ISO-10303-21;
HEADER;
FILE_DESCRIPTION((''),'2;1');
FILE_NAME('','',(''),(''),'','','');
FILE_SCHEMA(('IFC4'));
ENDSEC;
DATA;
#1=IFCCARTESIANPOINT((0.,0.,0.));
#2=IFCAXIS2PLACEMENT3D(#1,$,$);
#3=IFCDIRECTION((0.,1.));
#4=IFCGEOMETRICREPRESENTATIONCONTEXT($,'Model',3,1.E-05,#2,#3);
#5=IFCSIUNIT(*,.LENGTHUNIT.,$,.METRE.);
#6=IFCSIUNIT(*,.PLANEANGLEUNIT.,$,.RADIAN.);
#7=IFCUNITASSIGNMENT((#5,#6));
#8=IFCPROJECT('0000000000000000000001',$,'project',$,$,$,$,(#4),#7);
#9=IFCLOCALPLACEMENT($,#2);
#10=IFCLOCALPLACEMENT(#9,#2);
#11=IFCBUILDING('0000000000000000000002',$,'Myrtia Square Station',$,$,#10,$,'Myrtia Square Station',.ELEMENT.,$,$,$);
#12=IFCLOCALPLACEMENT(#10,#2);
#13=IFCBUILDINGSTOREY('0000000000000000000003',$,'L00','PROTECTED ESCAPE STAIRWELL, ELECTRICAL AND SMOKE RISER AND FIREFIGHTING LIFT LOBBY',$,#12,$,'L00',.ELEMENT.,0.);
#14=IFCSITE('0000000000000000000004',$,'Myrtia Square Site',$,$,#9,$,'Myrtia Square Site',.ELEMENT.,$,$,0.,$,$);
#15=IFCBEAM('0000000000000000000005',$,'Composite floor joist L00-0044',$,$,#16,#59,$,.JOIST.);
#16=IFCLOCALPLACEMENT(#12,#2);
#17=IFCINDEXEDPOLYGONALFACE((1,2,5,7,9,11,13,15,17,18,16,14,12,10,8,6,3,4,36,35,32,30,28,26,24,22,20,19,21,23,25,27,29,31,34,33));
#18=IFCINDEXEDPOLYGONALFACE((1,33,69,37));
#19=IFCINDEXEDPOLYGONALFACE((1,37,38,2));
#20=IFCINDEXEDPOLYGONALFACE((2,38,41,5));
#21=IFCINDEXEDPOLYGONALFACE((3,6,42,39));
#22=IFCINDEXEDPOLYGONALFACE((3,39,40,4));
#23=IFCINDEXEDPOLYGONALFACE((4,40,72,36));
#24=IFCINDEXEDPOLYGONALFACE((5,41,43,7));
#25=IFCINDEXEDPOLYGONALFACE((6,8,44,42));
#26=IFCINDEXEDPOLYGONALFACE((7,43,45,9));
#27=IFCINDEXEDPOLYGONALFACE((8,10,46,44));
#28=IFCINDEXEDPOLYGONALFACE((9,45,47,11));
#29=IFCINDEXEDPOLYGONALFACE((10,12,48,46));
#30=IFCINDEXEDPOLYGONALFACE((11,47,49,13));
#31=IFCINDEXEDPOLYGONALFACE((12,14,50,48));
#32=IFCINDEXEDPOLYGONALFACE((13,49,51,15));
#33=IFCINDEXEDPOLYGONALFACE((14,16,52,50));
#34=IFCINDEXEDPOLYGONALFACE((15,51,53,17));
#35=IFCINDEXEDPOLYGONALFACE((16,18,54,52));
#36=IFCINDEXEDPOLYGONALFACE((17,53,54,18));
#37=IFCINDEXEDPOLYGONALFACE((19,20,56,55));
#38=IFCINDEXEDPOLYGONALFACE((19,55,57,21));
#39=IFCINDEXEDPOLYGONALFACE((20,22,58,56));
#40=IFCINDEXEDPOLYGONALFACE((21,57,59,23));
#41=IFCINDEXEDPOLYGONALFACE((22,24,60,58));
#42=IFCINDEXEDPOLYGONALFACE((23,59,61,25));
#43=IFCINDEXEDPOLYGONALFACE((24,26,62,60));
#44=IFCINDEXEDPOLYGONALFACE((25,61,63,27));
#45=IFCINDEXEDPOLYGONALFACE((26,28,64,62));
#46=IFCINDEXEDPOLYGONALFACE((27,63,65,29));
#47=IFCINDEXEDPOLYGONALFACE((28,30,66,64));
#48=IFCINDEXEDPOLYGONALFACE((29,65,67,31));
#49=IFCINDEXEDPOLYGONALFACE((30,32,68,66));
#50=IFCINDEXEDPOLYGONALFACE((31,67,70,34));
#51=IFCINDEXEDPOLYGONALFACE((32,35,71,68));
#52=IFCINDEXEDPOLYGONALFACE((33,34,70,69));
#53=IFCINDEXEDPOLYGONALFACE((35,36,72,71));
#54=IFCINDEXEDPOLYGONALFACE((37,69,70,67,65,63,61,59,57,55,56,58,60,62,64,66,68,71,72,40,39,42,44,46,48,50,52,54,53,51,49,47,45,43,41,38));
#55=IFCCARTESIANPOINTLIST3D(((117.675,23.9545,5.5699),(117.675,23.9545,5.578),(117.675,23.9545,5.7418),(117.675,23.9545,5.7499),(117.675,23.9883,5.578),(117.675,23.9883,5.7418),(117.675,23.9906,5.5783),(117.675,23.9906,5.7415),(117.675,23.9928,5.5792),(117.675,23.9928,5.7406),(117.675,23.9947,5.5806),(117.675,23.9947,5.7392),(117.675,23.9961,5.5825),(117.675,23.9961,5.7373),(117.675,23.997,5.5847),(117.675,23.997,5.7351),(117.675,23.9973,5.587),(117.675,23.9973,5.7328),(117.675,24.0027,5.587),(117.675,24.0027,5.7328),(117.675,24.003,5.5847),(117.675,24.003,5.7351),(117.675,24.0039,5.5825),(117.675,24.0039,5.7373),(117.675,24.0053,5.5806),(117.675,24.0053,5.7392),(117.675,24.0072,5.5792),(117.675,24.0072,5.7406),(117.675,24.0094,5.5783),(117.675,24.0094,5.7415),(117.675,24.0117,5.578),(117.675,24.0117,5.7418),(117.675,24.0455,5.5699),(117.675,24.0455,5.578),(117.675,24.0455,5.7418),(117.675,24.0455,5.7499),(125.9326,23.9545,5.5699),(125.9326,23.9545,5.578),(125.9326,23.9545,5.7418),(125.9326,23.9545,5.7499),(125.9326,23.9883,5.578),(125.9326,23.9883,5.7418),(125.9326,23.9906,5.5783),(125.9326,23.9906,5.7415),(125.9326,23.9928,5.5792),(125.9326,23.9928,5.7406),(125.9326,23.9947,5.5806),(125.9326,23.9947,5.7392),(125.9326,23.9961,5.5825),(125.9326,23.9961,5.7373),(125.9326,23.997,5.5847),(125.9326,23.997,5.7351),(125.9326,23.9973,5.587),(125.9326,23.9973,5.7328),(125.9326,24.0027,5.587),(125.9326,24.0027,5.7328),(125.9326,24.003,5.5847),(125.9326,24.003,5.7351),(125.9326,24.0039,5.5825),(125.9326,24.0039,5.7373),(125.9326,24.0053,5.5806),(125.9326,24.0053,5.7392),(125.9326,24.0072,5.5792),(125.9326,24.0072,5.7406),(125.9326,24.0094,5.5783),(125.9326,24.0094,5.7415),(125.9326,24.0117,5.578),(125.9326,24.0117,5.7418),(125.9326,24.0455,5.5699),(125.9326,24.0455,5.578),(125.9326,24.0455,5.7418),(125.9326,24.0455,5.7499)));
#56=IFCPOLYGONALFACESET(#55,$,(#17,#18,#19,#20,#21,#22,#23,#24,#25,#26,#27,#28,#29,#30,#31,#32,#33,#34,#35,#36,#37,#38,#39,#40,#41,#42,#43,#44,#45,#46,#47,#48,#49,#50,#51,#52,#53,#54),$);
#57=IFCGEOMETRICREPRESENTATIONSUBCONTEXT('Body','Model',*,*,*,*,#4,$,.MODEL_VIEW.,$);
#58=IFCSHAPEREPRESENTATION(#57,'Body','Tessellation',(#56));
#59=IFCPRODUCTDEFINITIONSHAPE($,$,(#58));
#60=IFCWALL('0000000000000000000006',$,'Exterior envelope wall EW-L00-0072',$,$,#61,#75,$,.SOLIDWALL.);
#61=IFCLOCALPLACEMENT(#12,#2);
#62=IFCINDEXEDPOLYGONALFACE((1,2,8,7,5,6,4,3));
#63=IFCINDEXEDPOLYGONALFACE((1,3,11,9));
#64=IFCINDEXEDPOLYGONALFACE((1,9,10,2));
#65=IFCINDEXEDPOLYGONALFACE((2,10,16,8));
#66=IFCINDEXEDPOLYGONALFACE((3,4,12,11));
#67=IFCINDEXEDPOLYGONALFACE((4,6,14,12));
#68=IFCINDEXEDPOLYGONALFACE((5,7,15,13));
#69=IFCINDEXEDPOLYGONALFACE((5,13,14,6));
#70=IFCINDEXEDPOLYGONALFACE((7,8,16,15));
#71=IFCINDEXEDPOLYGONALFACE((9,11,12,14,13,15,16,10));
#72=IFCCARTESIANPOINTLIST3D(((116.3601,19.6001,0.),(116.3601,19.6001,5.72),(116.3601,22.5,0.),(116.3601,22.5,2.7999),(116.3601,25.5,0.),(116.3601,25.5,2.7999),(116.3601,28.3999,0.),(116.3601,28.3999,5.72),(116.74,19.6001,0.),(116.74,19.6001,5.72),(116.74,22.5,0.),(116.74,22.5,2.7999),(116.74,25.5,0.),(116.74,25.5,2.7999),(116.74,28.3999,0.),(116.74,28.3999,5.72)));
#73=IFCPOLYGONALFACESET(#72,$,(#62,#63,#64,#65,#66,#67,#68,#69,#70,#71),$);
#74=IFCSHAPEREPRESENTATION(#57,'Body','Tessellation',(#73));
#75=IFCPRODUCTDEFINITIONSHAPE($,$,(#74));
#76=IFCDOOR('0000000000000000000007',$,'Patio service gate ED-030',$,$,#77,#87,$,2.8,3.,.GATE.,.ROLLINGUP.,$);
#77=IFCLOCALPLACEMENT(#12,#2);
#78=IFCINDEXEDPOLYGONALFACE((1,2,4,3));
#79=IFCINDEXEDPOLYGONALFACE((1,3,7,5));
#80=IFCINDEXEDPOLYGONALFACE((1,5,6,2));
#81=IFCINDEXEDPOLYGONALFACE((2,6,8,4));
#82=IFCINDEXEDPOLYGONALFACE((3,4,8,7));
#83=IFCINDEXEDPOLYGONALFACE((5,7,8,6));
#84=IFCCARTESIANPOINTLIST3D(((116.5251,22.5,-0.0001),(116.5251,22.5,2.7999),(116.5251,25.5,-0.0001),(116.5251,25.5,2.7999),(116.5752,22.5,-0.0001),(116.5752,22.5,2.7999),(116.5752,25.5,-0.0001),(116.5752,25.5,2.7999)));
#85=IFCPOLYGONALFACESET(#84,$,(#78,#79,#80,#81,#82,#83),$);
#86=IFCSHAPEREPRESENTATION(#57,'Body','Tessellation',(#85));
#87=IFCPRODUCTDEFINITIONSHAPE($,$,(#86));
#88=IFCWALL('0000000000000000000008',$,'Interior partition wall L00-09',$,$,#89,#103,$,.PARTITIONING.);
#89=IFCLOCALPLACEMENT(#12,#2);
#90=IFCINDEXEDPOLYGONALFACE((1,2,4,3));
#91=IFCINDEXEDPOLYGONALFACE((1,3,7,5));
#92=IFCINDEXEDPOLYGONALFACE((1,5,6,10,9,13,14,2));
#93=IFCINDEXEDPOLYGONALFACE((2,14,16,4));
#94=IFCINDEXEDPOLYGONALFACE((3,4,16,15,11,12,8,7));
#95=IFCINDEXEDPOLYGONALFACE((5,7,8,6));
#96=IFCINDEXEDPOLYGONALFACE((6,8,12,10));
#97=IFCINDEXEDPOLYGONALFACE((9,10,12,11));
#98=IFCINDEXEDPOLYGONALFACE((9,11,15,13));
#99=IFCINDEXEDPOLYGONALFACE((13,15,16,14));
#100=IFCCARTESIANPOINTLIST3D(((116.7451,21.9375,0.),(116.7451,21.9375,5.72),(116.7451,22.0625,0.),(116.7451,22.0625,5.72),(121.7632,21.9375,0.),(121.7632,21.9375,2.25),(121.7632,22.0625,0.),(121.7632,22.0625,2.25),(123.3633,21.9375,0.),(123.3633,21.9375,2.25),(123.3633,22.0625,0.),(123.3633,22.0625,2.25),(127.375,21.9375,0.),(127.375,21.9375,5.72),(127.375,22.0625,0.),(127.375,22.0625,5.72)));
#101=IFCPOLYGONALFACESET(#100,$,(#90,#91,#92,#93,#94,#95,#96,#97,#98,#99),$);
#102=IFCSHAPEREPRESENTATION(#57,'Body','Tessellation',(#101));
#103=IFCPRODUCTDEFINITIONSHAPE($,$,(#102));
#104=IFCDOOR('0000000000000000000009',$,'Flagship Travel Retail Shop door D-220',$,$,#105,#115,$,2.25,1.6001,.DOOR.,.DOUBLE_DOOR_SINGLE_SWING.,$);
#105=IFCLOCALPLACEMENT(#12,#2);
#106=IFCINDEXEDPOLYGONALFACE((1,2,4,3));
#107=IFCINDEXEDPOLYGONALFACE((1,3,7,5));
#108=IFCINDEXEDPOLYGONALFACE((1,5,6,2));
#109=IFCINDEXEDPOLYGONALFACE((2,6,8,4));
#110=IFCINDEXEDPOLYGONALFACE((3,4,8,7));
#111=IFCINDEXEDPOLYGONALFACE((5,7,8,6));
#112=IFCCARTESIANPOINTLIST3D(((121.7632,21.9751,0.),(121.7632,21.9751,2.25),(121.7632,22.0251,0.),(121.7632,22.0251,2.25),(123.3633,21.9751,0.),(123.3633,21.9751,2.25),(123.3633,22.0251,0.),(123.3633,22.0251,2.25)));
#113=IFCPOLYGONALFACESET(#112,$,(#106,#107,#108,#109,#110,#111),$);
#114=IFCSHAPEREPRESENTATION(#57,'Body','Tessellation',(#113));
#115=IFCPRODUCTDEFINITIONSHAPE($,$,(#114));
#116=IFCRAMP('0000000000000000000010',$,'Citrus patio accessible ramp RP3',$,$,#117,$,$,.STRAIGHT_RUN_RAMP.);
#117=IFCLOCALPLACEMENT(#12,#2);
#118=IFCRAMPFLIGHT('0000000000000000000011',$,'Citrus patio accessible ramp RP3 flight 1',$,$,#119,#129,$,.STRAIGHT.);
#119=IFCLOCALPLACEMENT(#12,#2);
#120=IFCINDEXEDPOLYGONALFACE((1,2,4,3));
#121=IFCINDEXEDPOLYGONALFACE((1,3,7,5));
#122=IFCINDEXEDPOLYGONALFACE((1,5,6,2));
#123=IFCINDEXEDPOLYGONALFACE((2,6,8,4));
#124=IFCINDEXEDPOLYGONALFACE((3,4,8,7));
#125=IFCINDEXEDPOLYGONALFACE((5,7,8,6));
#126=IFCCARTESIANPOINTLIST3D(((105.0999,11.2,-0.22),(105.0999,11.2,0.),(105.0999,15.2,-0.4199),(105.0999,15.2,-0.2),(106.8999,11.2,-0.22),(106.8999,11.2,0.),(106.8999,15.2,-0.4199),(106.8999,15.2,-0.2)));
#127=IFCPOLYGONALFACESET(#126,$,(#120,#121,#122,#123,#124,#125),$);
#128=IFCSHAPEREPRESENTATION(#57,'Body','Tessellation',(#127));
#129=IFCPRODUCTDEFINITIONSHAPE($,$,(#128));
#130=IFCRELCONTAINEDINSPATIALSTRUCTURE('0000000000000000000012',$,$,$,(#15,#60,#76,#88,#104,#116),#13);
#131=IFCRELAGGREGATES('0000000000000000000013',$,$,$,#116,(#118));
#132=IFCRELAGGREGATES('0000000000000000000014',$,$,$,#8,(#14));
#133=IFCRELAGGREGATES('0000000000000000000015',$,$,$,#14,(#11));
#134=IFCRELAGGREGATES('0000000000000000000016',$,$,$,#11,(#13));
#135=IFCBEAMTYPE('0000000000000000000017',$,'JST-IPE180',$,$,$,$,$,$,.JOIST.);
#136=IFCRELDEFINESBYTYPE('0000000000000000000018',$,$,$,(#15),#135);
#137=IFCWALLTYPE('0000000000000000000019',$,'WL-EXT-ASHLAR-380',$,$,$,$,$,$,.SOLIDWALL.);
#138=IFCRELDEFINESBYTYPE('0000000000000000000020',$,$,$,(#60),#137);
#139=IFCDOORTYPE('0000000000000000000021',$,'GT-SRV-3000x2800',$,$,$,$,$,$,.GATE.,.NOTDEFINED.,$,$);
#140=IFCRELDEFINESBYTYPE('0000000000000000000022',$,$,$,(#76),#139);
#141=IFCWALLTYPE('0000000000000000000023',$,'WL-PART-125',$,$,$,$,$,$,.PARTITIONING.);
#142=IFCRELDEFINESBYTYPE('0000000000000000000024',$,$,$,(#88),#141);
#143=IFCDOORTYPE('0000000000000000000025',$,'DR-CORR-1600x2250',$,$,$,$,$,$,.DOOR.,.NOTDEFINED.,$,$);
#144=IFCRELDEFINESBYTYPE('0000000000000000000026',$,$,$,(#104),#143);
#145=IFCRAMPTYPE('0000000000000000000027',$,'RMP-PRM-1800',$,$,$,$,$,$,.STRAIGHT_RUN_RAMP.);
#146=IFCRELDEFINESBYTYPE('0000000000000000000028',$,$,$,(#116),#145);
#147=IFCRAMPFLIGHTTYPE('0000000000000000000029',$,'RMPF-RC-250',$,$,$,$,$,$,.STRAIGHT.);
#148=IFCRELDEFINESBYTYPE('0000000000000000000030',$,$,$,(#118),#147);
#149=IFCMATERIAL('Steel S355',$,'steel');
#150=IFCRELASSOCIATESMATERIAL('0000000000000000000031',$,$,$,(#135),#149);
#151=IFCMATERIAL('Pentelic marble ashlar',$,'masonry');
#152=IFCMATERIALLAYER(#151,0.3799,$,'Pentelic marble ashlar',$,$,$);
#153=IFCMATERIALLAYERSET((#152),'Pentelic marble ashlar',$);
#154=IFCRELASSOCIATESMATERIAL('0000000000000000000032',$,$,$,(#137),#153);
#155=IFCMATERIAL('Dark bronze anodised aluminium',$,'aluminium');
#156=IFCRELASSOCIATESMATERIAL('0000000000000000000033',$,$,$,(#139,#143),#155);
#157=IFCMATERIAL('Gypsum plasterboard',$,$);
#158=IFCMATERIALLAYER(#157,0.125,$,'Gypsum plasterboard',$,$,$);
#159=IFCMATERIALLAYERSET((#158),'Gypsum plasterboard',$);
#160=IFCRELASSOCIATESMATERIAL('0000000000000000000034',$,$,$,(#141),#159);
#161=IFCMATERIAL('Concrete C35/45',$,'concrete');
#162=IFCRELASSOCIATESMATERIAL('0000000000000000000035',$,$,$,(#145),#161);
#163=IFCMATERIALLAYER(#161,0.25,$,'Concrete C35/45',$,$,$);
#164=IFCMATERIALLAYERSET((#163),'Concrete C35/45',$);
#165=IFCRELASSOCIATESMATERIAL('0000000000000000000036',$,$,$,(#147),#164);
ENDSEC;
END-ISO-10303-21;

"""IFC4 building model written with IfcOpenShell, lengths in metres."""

from ifc_helpers import new_model, si_unit, direction, frame, frame_2d, origin, origin_2d, place, context, subcontext, project, spatial, polyline, rectangle, i_section, outline, extrude, material, layer, layer_set, material_profile, profile_set, type_object, element, fill, aggregate, save


model = new_model("IFC4")

# Units and contexts
model_context = context("Model", 3, precision=1e-05, world=origin(), true_north=direction((0.0, 1.0)))
body_context = subcontext(model_context, "Body", "Model", "MODEL_VIEW")
ifc_project = project(units=[si_unit("LENGTHUNIT", "METRE"), si_unit("PLANEANGLEUNIT", "RADIAN")], contexts=[model_context])

# Site, building, storey
site_placement = place(None, origin())
site = spatial("IfcSite", under=ifc_project, at=site_placement, Name="Myrtia Square Site", LongName="Myrtia Square Site", CompositionType="ELEMENT", RefElevation=0.0)
building_placement = place(site_placement, origin())
building = spatial("IfcBuilding", under=site, at=building_placement, Name="Myrtia Square Station", LongName="Myrtia Square Station", CompositionType="ELEMENT")
storey_placement = place(building_placement, origin())
storey = spatial("IfcBuildingStorey", under=building, at=storey_placement, Name="L00", Description="PROTECTED ESCAPE STAIRWELL, ELECTRICAL AND SMOKE RISER AND FIREFIGHTING LIFT LOBBY", LongName="L00", CompositionType="ELEMENT", Elevation=0.0)

# Shared definitions
ifc_material_1 = material(Name="Concrete C35/45", Category="concrete")

# Shared definitions
ifc_material_2 = material(Name="Steel S355", Category="steel")

# Beam
ifc_material_profile_1 = material_profile(ifc_material_2, i_section(OverallWidth=0.0911, OverallDepth=0.1799, WebThickness=0.0054, FlangeThickness=0.0081, FilletRadius=0.009, at=origin_2d()), Name="IPE 180")
ifc_profile_set_1 = profile_set([ifc_material_profile_1], Name="Steel S355")
beam_type_1 = type_object("IfcBeamType", Name="JST-IPE180", PredefinedType="JOIST", material=ifc_profile_set_1)
beam_1_placement = place(storey_placement, frame((117.675, 24.0, 5.6599), z_axis=(1.0, 0.0, 0.0), x_axis=(0.0, 1.0, 0.0)))
element("IfcBeam", 1, at=beam_1_placement, inside=storey, type_object=beam_type_1, Name="Composite floor joist L00-0044", PredefinedType="JOIST", context=body_context, shape_type="SweptSolid", body=[
    extrude(i_section(OverallWidth=0.0911, OverallDepth=0.1799, WebThickness=0.0054, FlangeThickness=0.0081, FilletRadius=0.009, at=origin_2d()), origin(), (0.0, 0.0, 1.0), 8.2576),
])

# Walls, openings, doors
ifc_material_3 = material(Name="Pentelic marble ashlar", Category="masonry")
ifc_layer_1 = layer(ifc_material_3, 0.3799, Name="Pentelic marble ashlar")
ifc_layer_set_1 = layer_set([ifc_layer_1], Name="Pentelic marble ashlar")
wall_type_1 = type_object("IfcWallType", Name="WL-EXT-ASHLAR-380", PredefinedType="SOLIDWALL", material=ifc_layer_set_1)
wall_1_placement = place(storey_placement, frame((116.55, 19.6001, 0.0), z_axis=(0.0, 0.0, 1.0), x_axis=(0.0, 1.0, 0.0)))
wall_1 = element("IfcWall", 2, at=wall_1_placement, inside=storey, type_object=wall_type_1, Name="Exterior envelope wall EW-L00-0072", PredefinedType="SOLIDWALL", context=body_context, shape_type="SweptSolid", body=[
    extrude(rectangle(XDim=8.7998, YDim=0.3799, at=frame_2d((4.3999, 0.0))), origin(), (0.0, 0.0, 1.0), 5.72),
])
opening_1_placement = place(wall_1_placement, frame((2.8999, 0.0, 0.0)))
opening_1 = element("IfcOpeningElement", 3, at=opening_1_placement, cuts=wall_1, PredefinedType="OPENING", context=body_context, shape_type="SweptSolid", body=[
    extrude(rectangle(XDim=3.0, YDim=2.8, at=frame_2d((1.5, 1.3999))), frame((0.0, 0.2048, 0.0), z_axis=(0.0, -1.0, 0.0), x_axis=(1.0, 0.0, 0.0)), (0.0, 0.0, 1.0), 0.4099),
])
ifc_material_4 = material(Name="Dark bronze anodised aluminium", Category="aluminium")
door_type_1 = type_object("IfcDoorType", Name="GT-SRV-3000x2800", OperationType="NOTDEFINED", PredefinedType="GATE", material=ifc_material_4)
door_1_placement = place(opening_1_placement, origin())
door_1 = element("IfcDoor", 4, at=door_1_placement, inside=storey, type_object=door_type_1, Name="Patio service gate ED-030", OperationType="ROLLINGUP", OverallHeight=2.8, OverallWidth=3.0, PredefinedType="GATE", context=body_context, shape_type="SweptSolid", body=[
    extrude(rectangle(XDim=3.0, YDim=2.8, at=frame_2d((1.5, 1.3999))), frame((0.0, 0.0249, 0.0), z_axis=(0.0, -1.0, 0.0), x_axis=(1.0, 0.0, 0.0)), (0.0, 0.0, 1.0), 0.05),
])
fill(opening_1, door_1)
ifc_material_5 = material(Name="Gypsum plasterboard")
ifc_layer_2 = layer(ifc_material_5, 0.125, Name="Gypsum plasterboard")
ifc_layer_set_2 = layer_set([ifc_layer_2], Name="Gypsum plasterboard")
wall_type_2 = type_object("IfcWallType", Name="WL-PART-125", PredefinedType="PARTITIONING", material=ifc_layer_set_2)
wall_2_placement = place(storey_placement, frame((116.7451, 22.0, 0.0), z_axis=(0.0, 0.0, 1.0), x_axis=(1.0, 0.0, 0.0)))
wall_2 = element("IfcWall", 5, at=wall_2_placement, inside=storey, type_object=wall_type_2, Name="Interior partition wall L00-09", PredefinedType="PARTITIONING", context=body_context, shape_type="SweptSolid", body=[
    extrude(rectangle(XDim=10.6299, YDim=0.125, at=frame_2d((5.3149, 0.0))), origin(), (0.0, 0.0, 1.0), 5.72),
])
opening_2_placement = place(wall_2_placement, frame((5.0181, 0.0, 0.0)))
opening_2 = element("IfcOpeningElement", 6, at=opening_2_placement, cuts=wall_2, PredefinedType="OPENING", context=body_context, shape_type="SweptSolid", body=[
    extrude(rectangle(XDim=1.6001, YDim=2.25, at=frame_2d((0.8, 1.125))), frame((0.0, 0.0774, 0.0), z_axis=(0.0, -1.0, 0.0), x_axis=(1.0, 0.0, 0.0)), (0.0, 0.0, 1.0), 0.155),
])
door_type_2 = type_object("IfcDoorType", Name="DR-CORR-1600x2250", OperationType="NOTDEFINED", PredefinedType="DOOR", material=ifc_material_4)
door_2_placement = place(opening_2_placement, frame((1.6001, 0.0, 0.0), z_axis=(0.0, 0.0, 1.0), x_axis=(-1.0, 0.0, 0.0)))
door_2 = element("IfcDoor", 7, at=door_2_placement, inside=storey, type_object=door_type_2, Name="Flagship Travel Retail Shop door D-220", OperationType="DOUBLE_DOOR_SINGLE_SWING", OverallHeight=2.25, OverallWidth=1.6001, PredefinedType="DOOR", context=body_context, shape_type="SweptSolid", body=[
    extrude(rectangle(XDim=1.6001, YDim=2.25, at=frame_2d((0.8, 1.125))), frame((0.0, 0.0249, 0.0), z_axis=(0.0, -1.0, 0.0), x_axis=(1.0, 0.0, 0.0)), (0.0, 0.0, 1.0), 0.05),
])
fill(opening_2, door_2)

# Ramp, ramp flight
ramp_type = type_object("IfcRampType", Name="RMP-PRM-1800", PredefinedType="STRAIGHT_RUN_RAMP", material=ifc_material_1)
ramp_placement = place(storey_placement, origin())
ramp = element("IfcRamp", 8, at=ramp_placement, inside=storey, type_object=ramp_type, Name="Citrus patio accessible ramp RP3", PredefinedType="STRAIGHT_RUN_RAMP")
ifc_layer_3 = layer(ifc_material_1, 0.25, Name="Concrete C35/45")
ifc_layer_set_3 = layer_set([ifc_layer_3], Name="Concrete C35/45")
ramp_flight_type = type_object("IfcRampFlightType", Name="RMPF-RC-250", PredefinedType="STRAIGHT", material=ifc_layer_set_3)
ramp_flight_placement = place(storey_placement, frame((106.0, 15.2, -0.2), z_axis=(0.0, 0.0, 1.0), x_axis=(0.0, -1.0, 0.0)))
ramp_flight = element("IfcRampFlight", 9, at=ramp_flight_placement, type_object=ramp_flight_type, Name="Citrus patio accessible ramp RP3 flight 1", PredefinedType="STRAIGHT", context=body_context, shape_type="SweptSolid", body=[
    extrude(outline(polyline([(0.0, 0.0), (4.0, 0.2), (4.0, -0.02), (0.0, -0.22), (0.0, 0.0)])), frame((0.0, 0.8999, 0.0), z_axis=(0.0, -1.0, 0.0), x_axis=(1.0, 0.0, 0.0)), (0.0, 0.0, 1.0), 1.8),
])
aggregate(ramp, [ramp_flight])

save(model, "model.ifc")
